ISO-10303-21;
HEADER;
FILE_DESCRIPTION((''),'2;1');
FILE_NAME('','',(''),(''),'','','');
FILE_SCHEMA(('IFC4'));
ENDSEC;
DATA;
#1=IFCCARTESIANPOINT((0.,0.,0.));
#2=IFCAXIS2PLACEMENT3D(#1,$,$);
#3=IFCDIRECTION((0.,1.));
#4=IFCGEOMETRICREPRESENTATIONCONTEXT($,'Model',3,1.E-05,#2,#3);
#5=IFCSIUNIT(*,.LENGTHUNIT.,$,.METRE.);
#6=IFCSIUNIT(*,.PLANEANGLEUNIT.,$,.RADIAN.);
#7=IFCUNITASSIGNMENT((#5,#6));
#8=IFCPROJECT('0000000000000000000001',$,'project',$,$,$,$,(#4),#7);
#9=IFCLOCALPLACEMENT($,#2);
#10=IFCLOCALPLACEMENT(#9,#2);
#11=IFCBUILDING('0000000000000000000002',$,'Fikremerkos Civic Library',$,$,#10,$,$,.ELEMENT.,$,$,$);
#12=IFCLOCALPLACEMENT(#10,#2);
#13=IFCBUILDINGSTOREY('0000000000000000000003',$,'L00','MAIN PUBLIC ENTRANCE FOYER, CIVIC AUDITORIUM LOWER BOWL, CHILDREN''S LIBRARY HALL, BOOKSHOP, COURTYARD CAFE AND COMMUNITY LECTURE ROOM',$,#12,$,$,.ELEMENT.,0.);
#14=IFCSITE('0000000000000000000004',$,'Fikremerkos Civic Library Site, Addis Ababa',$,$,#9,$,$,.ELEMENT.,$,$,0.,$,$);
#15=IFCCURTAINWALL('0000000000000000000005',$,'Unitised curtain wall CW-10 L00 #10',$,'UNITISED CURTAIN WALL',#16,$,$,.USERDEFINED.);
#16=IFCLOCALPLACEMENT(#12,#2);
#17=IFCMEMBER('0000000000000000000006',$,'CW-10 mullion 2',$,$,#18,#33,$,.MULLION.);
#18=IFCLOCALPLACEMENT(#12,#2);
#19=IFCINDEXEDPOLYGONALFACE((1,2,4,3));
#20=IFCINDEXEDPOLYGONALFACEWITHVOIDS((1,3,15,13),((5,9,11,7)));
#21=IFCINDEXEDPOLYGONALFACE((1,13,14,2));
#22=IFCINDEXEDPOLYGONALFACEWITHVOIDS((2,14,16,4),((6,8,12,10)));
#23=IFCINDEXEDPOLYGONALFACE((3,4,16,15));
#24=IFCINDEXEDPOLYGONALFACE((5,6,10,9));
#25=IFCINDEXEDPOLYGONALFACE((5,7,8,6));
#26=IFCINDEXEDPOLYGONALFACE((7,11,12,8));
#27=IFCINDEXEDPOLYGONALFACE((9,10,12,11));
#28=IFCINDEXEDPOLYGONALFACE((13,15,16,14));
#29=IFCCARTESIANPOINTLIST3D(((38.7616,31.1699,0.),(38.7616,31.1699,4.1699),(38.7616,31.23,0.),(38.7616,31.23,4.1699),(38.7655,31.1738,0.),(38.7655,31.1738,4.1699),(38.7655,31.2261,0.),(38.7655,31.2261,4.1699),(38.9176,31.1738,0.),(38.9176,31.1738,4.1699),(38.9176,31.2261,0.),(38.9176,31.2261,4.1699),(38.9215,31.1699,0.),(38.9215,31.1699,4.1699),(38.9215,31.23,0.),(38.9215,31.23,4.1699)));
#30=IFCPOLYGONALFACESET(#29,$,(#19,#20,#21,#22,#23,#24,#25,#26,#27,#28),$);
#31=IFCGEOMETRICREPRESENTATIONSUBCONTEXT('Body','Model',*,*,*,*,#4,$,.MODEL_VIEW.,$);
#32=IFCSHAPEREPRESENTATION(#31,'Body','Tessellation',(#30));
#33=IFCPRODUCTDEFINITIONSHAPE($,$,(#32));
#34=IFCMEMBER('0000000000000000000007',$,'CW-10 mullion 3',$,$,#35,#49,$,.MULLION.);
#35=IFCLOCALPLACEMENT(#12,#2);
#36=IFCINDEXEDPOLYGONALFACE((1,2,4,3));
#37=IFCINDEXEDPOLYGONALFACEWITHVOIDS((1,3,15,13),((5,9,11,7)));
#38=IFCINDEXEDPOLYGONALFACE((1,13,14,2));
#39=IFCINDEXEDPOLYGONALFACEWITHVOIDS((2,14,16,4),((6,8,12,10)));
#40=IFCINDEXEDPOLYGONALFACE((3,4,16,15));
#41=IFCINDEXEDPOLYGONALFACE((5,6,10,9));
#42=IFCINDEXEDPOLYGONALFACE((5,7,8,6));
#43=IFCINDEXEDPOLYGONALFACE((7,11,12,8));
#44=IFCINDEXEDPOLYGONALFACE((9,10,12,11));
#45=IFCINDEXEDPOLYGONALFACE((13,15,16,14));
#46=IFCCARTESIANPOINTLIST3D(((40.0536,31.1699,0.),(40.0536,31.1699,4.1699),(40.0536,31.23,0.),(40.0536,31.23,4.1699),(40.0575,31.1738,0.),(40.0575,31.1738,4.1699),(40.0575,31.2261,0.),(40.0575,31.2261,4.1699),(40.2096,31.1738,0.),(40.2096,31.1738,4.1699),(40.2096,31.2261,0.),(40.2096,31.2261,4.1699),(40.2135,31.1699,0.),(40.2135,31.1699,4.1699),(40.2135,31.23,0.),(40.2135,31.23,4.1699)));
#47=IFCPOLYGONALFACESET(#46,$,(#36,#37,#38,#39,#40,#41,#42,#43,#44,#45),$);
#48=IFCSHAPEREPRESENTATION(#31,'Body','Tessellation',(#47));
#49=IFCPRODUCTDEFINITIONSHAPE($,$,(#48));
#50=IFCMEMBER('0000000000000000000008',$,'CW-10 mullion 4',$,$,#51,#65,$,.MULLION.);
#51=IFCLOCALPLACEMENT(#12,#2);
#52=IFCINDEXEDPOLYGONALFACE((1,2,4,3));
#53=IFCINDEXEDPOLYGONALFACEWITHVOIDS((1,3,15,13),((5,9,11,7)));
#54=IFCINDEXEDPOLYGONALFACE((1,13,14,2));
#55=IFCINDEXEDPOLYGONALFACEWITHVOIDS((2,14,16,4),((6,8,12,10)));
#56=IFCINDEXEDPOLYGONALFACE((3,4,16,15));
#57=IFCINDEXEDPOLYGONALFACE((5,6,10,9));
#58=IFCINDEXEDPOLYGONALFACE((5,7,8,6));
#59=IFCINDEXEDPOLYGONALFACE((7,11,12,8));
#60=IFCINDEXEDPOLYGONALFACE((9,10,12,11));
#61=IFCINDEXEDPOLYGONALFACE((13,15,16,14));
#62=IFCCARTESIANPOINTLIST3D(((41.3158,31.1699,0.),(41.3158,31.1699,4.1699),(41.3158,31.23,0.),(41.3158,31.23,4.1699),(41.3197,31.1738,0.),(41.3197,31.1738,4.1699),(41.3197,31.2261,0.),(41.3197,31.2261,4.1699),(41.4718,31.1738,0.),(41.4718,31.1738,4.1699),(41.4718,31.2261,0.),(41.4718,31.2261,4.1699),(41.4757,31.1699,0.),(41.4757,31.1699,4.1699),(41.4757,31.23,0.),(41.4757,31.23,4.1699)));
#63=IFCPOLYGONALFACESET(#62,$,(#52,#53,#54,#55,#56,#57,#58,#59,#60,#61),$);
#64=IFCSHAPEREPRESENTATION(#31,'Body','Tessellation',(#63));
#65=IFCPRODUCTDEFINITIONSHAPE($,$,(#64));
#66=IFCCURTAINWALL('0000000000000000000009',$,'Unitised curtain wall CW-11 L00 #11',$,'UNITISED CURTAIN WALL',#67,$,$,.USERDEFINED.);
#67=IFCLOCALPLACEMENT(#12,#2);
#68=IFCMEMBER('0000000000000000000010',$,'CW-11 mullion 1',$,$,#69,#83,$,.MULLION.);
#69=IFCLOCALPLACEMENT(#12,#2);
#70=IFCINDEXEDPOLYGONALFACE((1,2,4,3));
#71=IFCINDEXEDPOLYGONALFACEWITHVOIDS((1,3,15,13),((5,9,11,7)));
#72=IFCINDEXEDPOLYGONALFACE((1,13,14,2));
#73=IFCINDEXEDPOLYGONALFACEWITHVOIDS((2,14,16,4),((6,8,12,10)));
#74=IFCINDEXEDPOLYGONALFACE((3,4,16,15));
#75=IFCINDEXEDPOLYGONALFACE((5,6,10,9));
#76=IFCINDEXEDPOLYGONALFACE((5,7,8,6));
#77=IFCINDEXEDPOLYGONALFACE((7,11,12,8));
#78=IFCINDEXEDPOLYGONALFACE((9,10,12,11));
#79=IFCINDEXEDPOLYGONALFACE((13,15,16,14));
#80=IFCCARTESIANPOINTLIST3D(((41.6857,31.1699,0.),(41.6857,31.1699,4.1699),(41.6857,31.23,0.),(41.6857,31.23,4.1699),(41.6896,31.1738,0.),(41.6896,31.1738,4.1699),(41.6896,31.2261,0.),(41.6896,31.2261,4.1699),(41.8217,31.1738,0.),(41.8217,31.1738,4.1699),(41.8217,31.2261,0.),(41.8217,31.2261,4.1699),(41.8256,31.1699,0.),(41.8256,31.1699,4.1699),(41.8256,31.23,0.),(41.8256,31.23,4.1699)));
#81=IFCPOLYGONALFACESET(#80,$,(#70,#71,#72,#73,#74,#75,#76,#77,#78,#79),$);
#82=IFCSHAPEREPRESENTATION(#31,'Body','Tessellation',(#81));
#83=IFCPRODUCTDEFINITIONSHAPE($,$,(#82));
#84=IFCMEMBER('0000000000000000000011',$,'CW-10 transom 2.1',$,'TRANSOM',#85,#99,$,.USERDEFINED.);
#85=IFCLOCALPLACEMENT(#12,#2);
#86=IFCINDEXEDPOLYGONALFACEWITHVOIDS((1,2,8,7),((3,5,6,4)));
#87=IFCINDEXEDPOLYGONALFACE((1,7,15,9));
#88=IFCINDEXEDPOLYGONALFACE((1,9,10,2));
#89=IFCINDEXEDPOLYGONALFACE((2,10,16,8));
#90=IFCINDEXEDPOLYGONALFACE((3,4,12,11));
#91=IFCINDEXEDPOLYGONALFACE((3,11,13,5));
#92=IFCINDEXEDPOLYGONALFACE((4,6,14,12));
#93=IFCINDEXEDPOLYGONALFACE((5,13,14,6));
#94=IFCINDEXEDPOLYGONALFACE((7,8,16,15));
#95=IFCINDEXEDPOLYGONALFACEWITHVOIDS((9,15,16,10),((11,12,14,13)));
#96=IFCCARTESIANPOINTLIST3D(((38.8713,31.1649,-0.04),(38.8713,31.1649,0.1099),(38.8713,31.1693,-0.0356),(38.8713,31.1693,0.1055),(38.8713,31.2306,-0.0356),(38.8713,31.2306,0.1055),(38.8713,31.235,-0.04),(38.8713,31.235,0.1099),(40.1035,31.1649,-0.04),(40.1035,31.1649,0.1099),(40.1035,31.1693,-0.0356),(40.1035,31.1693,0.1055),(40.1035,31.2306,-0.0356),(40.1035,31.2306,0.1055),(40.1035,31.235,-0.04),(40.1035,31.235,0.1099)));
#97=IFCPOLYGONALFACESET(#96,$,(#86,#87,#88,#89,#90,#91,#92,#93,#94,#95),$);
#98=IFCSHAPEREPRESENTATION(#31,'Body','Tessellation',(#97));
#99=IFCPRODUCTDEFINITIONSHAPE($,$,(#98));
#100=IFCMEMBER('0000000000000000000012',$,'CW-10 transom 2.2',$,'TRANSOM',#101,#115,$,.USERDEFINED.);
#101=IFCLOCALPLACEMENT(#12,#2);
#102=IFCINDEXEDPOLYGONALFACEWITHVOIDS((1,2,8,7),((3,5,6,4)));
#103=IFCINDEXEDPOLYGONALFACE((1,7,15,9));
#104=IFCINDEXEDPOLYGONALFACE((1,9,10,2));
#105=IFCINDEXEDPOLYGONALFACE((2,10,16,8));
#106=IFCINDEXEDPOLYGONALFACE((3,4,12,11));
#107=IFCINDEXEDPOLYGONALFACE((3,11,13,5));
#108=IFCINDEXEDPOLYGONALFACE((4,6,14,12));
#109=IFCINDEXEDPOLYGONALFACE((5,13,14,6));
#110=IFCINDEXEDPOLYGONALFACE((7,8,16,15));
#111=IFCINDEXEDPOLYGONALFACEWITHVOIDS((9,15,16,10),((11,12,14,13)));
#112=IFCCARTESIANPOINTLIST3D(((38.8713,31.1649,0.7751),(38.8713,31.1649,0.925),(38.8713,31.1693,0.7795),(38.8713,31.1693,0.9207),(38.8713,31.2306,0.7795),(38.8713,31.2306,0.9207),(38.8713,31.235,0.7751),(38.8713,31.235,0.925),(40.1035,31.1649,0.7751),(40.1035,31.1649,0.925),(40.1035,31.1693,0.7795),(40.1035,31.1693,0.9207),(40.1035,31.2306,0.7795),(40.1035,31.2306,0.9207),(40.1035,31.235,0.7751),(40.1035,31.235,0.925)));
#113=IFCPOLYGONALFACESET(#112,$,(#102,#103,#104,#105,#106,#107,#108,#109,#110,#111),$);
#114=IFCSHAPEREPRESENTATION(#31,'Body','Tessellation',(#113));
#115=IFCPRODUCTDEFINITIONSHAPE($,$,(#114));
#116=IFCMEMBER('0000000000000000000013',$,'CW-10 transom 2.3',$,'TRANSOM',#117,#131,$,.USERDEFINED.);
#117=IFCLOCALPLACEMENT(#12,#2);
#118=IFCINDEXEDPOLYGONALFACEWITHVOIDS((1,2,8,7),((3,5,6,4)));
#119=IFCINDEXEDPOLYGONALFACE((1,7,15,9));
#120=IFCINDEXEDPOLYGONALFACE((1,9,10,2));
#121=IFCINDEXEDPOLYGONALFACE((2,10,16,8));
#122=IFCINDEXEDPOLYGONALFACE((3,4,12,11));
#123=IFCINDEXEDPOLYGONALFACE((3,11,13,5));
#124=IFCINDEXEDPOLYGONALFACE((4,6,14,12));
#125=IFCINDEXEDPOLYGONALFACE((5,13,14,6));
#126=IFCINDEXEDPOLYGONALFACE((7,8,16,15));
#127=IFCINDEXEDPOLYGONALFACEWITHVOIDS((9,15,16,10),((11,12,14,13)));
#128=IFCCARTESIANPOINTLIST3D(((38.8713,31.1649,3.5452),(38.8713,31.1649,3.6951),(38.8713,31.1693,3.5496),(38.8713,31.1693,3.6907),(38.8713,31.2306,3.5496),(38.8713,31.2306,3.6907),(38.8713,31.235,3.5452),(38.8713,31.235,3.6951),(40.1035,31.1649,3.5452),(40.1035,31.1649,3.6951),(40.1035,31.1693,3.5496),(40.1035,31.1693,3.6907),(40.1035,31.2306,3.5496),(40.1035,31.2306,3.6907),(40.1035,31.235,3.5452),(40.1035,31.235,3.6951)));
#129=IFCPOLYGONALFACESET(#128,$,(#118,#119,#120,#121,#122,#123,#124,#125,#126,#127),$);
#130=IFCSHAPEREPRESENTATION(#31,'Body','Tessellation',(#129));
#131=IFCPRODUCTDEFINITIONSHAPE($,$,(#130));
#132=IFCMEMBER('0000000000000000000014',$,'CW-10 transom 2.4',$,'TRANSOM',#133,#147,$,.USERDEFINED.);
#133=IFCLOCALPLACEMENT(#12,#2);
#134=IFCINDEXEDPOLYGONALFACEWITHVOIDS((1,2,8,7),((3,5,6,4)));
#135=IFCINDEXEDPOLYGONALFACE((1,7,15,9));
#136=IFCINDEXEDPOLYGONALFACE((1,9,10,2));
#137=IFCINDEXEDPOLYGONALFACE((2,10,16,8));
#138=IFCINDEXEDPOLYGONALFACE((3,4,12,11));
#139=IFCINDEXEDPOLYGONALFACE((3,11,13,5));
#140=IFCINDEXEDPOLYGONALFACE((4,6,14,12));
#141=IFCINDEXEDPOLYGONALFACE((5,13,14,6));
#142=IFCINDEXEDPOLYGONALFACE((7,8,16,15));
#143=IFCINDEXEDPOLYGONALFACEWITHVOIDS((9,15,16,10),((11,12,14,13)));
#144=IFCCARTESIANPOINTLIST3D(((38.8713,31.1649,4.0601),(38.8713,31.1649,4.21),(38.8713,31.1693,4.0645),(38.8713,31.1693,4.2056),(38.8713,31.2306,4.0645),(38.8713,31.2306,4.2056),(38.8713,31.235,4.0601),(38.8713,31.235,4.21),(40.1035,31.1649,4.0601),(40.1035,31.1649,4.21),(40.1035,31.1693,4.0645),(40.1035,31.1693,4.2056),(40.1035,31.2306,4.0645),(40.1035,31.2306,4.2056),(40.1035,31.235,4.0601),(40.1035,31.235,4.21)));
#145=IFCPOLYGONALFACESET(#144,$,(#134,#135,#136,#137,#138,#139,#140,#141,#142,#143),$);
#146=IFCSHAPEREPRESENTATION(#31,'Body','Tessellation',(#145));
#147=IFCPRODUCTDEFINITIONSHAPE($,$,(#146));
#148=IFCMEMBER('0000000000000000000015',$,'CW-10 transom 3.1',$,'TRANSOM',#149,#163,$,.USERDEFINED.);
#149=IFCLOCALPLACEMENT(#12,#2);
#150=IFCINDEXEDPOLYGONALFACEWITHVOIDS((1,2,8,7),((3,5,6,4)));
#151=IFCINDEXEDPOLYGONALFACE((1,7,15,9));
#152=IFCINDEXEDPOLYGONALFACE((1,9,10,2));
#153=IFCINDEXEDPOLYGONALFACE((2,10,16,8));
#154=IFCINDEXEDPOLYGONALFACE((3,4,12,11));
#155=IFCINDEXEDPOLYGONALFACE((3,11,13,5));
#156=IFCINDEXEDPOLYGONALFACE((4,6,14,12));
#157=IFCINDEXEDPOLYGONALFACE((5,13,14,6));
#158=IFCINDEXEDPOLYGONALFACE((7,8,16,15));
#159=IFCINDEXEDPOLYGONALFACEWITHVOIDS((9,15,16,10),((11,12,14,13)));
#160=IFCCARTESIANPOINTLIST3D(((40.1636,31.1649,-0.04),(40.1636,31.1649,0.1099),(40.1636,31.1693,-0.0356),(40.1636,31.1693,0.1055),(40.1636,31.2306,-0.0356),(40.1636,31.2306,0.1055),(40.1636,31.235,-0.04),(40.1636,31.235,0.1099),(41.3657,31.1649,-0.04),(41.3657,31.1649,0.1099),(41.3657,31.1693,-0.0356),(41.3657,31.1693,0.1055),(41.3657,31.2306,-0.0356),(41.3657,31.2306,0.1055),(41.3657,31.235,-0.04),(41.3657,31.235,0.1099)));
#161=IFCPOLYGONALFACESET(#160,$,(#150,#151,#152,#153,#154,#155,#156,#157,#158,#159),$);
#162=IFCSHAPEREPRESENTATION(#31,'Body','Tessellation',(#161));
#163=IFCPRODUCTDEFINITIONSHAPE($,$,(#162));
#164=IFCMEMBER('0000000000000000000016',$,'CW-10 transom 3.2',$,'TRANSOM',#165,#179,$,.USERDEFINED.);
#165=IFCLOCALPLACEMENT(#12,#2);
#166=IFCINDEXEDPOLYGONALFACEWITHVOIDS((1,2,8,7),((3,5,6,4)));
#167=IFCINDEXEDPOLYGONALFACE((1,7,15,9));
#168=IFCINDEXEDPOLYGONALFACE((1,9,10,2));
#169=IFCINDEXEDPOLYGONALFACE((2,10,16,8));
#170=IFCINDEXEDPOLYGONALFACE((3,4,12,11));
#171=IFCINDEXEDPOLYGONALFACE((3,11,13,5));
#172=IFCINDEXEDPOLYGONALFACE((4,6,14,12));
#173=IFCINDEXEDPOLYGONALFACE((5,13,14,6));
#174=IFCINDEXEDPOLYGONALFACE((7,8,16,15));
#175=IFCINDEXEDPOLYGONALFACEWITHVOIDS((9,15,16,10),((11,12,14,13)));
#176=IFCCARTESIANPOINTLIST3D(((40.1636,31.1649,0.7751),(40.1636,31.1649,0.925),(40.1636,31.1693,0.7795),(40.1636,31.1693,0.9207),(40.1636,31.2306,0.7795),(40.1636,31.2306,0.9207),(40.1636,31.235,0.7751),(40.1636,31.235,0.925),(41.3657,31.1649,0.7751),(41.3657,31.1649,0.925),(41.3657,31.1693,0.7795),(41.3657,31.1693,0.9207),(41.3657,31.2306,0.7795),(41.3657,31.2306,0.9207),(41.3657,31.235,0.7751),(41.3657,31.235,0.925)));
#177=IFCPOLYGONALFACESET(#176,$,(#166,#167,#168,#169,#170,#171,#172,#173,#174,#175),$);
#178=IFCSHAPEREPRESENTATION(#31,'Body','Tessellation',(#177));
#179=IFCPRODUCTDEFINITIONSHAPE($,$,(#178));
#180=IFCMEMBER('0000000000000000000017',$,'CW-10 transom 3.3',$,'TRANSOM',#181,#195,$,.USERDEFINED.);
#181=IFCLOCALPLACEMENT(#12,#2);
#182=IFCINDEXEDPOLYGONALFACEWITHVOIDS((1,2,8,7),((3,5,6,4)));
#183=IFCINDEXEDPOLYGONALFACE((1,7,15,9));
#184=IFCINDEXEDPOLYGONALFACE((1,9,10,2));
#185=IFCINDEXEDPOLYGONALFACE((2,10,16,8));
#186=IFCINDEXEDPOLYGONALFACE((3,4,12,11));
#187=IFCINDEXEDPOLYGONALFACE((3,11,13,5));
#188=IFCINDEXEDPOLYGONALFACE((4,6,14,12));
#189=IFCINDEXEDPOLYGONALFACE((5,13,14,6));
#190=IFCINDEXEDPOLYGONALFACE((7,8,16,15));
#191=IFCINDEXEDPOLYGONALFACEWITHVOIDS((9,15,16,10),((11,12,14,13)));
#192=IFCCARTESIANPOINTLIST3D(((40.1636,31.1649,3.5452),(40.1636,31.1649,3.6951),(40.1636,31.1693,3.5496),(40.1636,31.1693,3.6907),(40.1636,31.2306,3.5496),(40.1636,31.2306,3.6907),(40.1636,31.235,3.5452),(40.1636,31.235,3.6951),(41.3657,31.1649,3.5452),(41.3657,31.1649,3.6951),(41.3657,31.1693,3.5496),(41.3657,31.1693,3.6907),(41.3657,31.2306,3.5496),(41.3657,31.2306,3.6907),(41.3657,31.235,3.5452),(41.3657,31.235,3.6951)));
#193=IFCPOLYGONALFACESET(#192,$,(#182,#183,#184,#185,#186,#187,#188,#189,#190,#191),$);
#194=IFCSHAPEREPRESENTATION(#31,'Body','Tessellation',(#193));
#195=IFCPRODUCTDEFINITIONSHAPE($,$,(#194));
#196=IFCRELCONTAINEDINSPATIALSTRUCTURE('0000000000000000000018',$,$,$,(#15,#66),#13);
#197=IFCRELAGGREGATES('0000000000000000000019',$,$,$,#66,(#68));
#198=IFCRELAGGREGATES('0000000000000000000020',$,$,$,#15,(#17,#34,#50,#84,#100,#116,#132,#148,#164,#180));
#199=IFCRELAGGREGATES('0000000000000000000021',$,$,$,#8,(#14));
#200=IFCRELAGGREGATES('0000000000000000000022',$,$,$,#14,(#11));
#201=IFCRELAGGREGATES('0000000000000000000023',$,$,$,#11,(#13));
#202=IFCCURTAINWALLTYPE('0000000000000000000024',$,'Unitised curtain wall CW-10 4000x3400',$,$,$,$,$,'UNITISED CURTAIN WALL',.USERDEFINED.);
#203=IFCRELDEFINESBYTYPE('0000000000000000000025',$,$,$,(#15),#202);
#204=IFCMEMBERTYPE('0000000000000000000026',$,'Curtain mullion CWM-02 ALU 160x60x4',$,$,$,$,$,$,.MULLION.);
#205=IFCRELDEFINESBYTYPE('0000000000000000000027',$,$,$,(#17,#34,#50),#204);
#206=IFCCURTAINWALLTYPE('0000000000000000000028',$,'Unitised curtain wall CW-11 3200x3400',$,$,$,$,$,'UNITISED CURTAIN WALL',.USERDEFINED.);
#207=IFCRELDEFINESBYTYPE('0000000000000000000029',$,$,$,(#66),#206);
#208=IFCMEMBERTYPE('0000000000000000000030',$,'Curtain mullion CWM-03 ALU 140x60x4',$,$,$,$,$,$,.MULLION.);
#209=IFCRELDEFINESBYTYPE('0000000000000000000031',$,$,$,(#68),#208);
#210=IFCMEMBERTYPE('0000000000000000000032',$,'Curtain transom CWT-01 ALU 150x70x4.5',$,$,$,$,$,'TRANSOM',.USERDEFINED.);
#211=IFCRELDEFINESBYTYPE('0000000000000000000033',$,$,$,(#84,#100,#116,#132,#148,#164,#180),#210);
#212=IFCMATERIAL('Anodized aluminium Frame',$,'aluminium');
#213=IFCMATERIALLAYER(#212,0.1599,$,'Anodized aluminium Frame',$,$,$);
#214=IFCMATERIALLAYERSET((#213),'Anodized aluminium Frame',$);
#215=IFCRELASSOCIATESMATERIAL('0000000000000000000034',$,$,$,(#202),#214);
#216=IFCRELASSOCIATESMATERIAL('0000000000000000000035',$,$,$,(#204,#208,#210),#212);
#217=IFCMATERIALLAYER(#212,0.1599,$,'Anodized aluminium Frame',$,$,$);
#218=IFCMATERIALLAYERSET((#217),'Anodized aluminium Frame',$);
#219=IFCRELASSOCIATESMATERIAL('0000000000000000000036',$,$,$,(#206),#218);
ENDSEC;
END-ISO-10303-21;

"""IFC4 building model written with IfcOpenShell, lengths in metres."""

from ifc_helpers import new_model, si_unit, direction, frame, origin, origin_2d, place, context, subcontext, project, spatial, hollow_rectangle, extrude, material, layer, layer_set, material_profile, profile_set, type_object, element, aggregate, save


model = new_model("IFC4")

# Units and contexts
model_context = context("Model", 3, precision=1e-05, world=origin(), true_north=direction((0.0, 1.0)))
body_context = subcontext(model_context, "Body", "Model", "MODEL_VIEW")
ifc_project = project(units=[si_unit("LENGTHUNIT", "METRE"), si_unit("PLANEANGLEUNIT", "RADIAN")], contexts=[model_context])

# Site, building, storey
site_placement = place(None, origin())
site = spatial("IfcSite", under=ifc_project, at=site_placement, Name="Fikremerkos Civic Library Site, Addis Ababa", CompositionType="ELEMENT", RefElevation=0.0)
building_placement = place(site_placement, origin())
building = spatial("IfcBuilding", under=site, at=building_placement, Name="Fikremerkos Civic Library", CompositionType="ELEMENT")
storey_placement = place(building_placement, origin())
storey = spatial("IfcBuildingStorey", under=building, at=storey_placement, Name="L00", Description="MAIN PUBLIC ENTRANCE FOYER, CIVIC AUDITORIUM LOWER BOWL, CHILDREN'S LIBRARY HALL, BOOKSHOP, COURTYARD CAFE AND COMMUNITY LECTURE ROOM", CompositionType="ELEMENT", Elevation=0.0)

# Curtain wall, members
ifc_material_1 = material(Name="Anodized aluminium Frame", Category="aluminium")
ifc_layer_1 = layer(ifc_material_1, 0.1599, Name="Anodized aluminium Frame")
ifc_layer_set_1 = layer_set([ifc_layer_1], Name="Anodized aluminium Frame")
curtain_wall_type_1 = type_object("IfcCurtainWallType", Name="Unitised curtain wall CW-10 4000x3400", ElementType="UNITISED CURTAIN WALL", PredefinedType="USERDEFINED", material=ifc_layer_set_1)
curtain_wall_1_placement = place(storey_placement, origin())
curtain_wall_1 = element("IfcCurtainWall", 1, at=curtain_wall_1_placement, inside=storey, type_object=curtain_wall_type_1, Name="Unitised curtain wall CW-10 L00 #10", ObjectType="UNITISED CURTAIN WALL", PredefinedType="USERDEFINED")
ifc_material_profile_1 = material_profile(ifc_material_1, hollow_rectangle(XDim=0.0601, YDim=0.1599, WallThickness=0.0039, at=origin_2d()), Name="ALU 160x60x4")
ifc_profile_set_1 = profile_set([ifc_material_profile_1], Name="Anodized aluminium Frame")
member_type_1 = type_object("IfcMemberType", Name="Curtain mullion CWM-02 ALU 160x60x4", PredefinedType="MULLION", material=ifc_profile_set_1)
member_1_placement = place(storey_placement, frame((38.8416, 31.2, 0.0), z_axis=(0.0, 0.0, 1.0), x_axis=(0.0, 1.0, 0.0)))
member_1 = element("IfcMember", 2, at=member_1_placement, type_object=member_type_1, Name="CW-10 mullion 2", PredefinedType="MULLION", context=body_context, shape_type="SweptSolid", body=[
    extrude(hollow_rectangle(XDim=0.0601, YDim=0.1599, WallThickness=0.0039, at=origin_2d()), origin(), (0.0, 0.0, 1.0), 4.1699),
])
member_2_placement = place(storey_placement, frame((40.1335, 31.2, 0.0), z_axis=(0.0, 0.0, 1.0), x_axis=(0.0, 1.0, 0.0)))
member_2 = element("IfcMember", 3, at=member_2_placement, type_object=member_type_1, Name="CW-10 mullion 3", PredefinedType="MULLION", context=body_context, shape_type="SweptSolid", body=[
    extrude(hollow_rectangle(XDim=0.0601, YDim=0.1599, WallThickness=0.0039, at=origin_2d()), origin(), (0.0, 0.0, 1.0), 4.1699),
])
member_3_placement = place(storey_placement, frame((41.3958, 31.2, 0.0), z_axis=(0.0, 0.0, 1.0), x_axis=(0.0, 1.0, 0.0)))
member_3 = element("IfcMember", 4, at=member_3_placement, type_object=member_type_1, Name="CW-10 mullion 4", PredefinedType="MULLION", context=body_context, shape_type="SweptSolid", body=[
    extrude(hollow_rectangle(XDim=0.0601, YDim=0.1599, WallThickness=0.0039, at=origin_2d()), origin(), (0.0, 0.0, 1.0), 4.1699),
])

# Curtain wall, member
ifc_layer_2 = layer(ifc_material_1, 0.1599, Name="Anodized aluminium Frame")
ifc_layer_set_2 = layer_set([ifc_layer_2], Name="Anodized aluminium Frame")
curtain_wall_type_2 = type_object("IfcCurtainWallType", Name="Unitised curtain wall CW-11 3200x3400", ElementType="UNITISED CURTAIN WALL", PredefinedType="USERDEFINED", material=ifc_layer_set_2)
curtain_wall_2_placement = place(storey_placement, origin())
curtain_wall_2 = element("IfcCurtainWall", 5, at=curtain_wall_2_placement, inside=storey, type_object=curtain_wall_type_2, Name="Unitised curtain wall CW-11 L00 #11", ObjectType="UNITISED CURTAIN WALL", PredefinedType="USERDEFINED")
ifc_material_profile_2 = material_profile(ifc_material_1, hollow_rectangle(XDim=0.0601, YDim=0.1399, WallThickness=0.0039, at=origin_2d()), Name="ALU 140x60x4")
ifc_profile_set_2 = profile_set([ifc_material_profile_2], Name="Anodized aluminium Frame")
member_type_2 = type_object("IfcMemberType", Name="Curtain mullion CWM-03 ALU 140x60x4", PredefinedType="MULLION", material=ifc_profile_set_2)
member_4_placement = place(storey_placement, frame((41.7556, 31.2, 0.0), z_axis=(0.0, 0.0, 1.0), x_axis=(0.0, 1.0, 0.0)))
member_4 = element("IfcMember", 6, at=member_4_placement, type_object=member_type_2, Name="CW-11 mullion 1", PredefinedType="MULLION", context=body_context, shape_type="SweptSolid", body=[
    extrude(hollow_rectangle(XDim=0.0601, YDim=0.1399, WallThickness=0.0039, at=origin_2d()), origin(), (0.0, 0.0, 1.0), 4.1699),
])

# Members
ifc_material_profile_3 = material_profile(ifc_material_1, hollow_rectangle(XDim=0.0701, YDim=0.1499, WallThickness=0.0044, at=origin_2d()), Name="ALU 150x70x4.5")
ifc_profile_set_3 = profile_set([ifc_material_profile_3], Name="Anodized aluminium Frame")
member_type_3 = type_object("IfcMemberType", Name="Curtain transom CWT-01 ALU 150x70x4.5", ElementType="TRANSOM", PredefinedType="USERDEFINED", material=ifc_profile_set_3)
member_5_placement = place(storey_placement, frame((38.8713, 31.2, 0.0349), z_axis=(1.0, 0.0, 0.0), x_axis=(0.0, 1.0, 0.0)))
member_5 = element("IfcMember", 7, at=member_5_placement, type_object=member_type_3, Name="CW-10 transom 2.1", ObjectType="TRANSOM", PredefinedType="USERDEFINED", context=body_context, shape_type="SweptSolid", body=[
    extrude(hollow_rectangle(XDim=0.0701, YDim=0.1499, WallThickness=0.0044, at=origin_2d()), origin(), (0.0, 0.0, 1.0), 1.2322),
])
member_6_placement = place(storey_placement, frame((38.8713, 31.2, 0.8501), z_axis=(1.0, 0.0, 0.0), x_axis=(0.0, 1.0, 0.0)))
member_6 = element("IfcMember", 8, at=member_6_placement, type_object=member_type_3, Name="CW-10 transom 2.2", ObjectType="TRANSOM", PredefinedType="USERDEFINED", context=body_context, shape_type="SweptSolid", body=[
    extrude(hollow_rectangle(XDim=0.0701, YDim=0.1499, WallThickness=0.0044, at=origin_2d()), origin(), (0.0, 0.0, 1.0), 1.2322),
])
member_7_placement = place(storey_placement, frame((38.8713, 31.2, 3.6201), z_axis=(1.0, 0.0, 0.0), x_axis=(0.0, 1.0, 0.0)))
member_7 = element("IfcMember", 9, at=member_7_placement, type_object=member_type_3, Name="CW-10 transom 2.3", ObjectType="TRANSOM", PredefinedType="USERDEFINED", context=body_context, shape_type="SweptSolid", body=[
    extrude(hollow_rectangle(XDim=0.0701, YDim=0.1499, WallThickness=0.0044, at=origin_2d()), origin(), (0.0, 0.0, 1.0), 1.2322),
])
member_8_placement = place(storey_placement, frame((38.8713, 31.2, 4.135), z_axis=(1.0, 0.0, 0.0), x_axis=(0.0, 1.0, 0.0)))
member_8 = element("IfcMember", 10, at=member_8_placement, type_object=member_type_3, Name="CW-10 transom 2.4", ObjectType="TRANSOM", PredefinedType="USERDEFINED", context=body_context, shape_type="SweptSolid", body=[
    extrude(hollow_rectangle(XDim=0.0701, YDim=0.1499, WallThickness=0.0044, at=origin_2d()), origin(), (0.0, 0.0, 1.0), 1.2322),
])
member_9_placement = place(storey_placement, frame((40.1636, 31.2, 0.0349), z_axis=(1.0, 0.0, 0.0), x_axis=(0.0, 1.0, 0.0)))
member_9 = element("IfcMember", 11, at=member_9_placement, type_object=member_type_3, Name="CW-10 transom 3.1", ObjectType="TRANSOM", PredefinedType="USERDEFINED", context=body_context, shape_type="SweptSolid", body=[
    extrude(hollow_rectangle(XDim=0.0701, YDim=0.1499, WallThickness=0.0044, at=origin_2d()), origin(), (0.0, 0.0, 1.0), 1.2021),
])
member_10_placement = place(storey_placement, frame((40.1636, 31.2, 0.8501), z_axis=(1.0, 0.0, 0.0), x_axis=(0.0, 1.0, 0.0)))
member_10 = element("IfcMember", 12, at=member_10_placement, type_object=member_type_3, Name="CW-10 transom 3.2", ObjectType="TRANSOM", PredefinedType="USERDEFINED", context=body_context, shape_type="SweptSolid", body=[
    extrude(hollow_rectangle(XDim=0.0701, YDim=0.1499, WallThickness=0.0044, at=origin_2d()), origin(), (0.0, 0.0, 1.0), 1.2021),
])
member_11_placement = place(storey_placement, frame((40.1636, 31.2, 3.6201), z_axis=(1.0, 0.0, 0.0), x_axis=(0.0, 1.0, 0.0)))
member_11 = element("IfcMember", 13, at=member_11_placement, type_object=member_type_3, Name="CW-10 transom 3.3", ObjectType="TRANSOM", PredefinedType="USERDEFINED", context=body_context, shape_type="SweptSolid", body=[
    extrude(hollow_rectangle(XDim=0.0701, YDim=0.1499, WallThickness=0.0044, at=origin_2d()), origin(), (0.0, 0.0, 1.0), 1.2021),
])
aggregate(curtain_wall_2, [member_4])

aggregate(curtain_wall_1, [member_1, member_2, member_3, member_5, member_6, member_7, member_8, member_9, member_10, member_11])

save(model, "model.ifc")
